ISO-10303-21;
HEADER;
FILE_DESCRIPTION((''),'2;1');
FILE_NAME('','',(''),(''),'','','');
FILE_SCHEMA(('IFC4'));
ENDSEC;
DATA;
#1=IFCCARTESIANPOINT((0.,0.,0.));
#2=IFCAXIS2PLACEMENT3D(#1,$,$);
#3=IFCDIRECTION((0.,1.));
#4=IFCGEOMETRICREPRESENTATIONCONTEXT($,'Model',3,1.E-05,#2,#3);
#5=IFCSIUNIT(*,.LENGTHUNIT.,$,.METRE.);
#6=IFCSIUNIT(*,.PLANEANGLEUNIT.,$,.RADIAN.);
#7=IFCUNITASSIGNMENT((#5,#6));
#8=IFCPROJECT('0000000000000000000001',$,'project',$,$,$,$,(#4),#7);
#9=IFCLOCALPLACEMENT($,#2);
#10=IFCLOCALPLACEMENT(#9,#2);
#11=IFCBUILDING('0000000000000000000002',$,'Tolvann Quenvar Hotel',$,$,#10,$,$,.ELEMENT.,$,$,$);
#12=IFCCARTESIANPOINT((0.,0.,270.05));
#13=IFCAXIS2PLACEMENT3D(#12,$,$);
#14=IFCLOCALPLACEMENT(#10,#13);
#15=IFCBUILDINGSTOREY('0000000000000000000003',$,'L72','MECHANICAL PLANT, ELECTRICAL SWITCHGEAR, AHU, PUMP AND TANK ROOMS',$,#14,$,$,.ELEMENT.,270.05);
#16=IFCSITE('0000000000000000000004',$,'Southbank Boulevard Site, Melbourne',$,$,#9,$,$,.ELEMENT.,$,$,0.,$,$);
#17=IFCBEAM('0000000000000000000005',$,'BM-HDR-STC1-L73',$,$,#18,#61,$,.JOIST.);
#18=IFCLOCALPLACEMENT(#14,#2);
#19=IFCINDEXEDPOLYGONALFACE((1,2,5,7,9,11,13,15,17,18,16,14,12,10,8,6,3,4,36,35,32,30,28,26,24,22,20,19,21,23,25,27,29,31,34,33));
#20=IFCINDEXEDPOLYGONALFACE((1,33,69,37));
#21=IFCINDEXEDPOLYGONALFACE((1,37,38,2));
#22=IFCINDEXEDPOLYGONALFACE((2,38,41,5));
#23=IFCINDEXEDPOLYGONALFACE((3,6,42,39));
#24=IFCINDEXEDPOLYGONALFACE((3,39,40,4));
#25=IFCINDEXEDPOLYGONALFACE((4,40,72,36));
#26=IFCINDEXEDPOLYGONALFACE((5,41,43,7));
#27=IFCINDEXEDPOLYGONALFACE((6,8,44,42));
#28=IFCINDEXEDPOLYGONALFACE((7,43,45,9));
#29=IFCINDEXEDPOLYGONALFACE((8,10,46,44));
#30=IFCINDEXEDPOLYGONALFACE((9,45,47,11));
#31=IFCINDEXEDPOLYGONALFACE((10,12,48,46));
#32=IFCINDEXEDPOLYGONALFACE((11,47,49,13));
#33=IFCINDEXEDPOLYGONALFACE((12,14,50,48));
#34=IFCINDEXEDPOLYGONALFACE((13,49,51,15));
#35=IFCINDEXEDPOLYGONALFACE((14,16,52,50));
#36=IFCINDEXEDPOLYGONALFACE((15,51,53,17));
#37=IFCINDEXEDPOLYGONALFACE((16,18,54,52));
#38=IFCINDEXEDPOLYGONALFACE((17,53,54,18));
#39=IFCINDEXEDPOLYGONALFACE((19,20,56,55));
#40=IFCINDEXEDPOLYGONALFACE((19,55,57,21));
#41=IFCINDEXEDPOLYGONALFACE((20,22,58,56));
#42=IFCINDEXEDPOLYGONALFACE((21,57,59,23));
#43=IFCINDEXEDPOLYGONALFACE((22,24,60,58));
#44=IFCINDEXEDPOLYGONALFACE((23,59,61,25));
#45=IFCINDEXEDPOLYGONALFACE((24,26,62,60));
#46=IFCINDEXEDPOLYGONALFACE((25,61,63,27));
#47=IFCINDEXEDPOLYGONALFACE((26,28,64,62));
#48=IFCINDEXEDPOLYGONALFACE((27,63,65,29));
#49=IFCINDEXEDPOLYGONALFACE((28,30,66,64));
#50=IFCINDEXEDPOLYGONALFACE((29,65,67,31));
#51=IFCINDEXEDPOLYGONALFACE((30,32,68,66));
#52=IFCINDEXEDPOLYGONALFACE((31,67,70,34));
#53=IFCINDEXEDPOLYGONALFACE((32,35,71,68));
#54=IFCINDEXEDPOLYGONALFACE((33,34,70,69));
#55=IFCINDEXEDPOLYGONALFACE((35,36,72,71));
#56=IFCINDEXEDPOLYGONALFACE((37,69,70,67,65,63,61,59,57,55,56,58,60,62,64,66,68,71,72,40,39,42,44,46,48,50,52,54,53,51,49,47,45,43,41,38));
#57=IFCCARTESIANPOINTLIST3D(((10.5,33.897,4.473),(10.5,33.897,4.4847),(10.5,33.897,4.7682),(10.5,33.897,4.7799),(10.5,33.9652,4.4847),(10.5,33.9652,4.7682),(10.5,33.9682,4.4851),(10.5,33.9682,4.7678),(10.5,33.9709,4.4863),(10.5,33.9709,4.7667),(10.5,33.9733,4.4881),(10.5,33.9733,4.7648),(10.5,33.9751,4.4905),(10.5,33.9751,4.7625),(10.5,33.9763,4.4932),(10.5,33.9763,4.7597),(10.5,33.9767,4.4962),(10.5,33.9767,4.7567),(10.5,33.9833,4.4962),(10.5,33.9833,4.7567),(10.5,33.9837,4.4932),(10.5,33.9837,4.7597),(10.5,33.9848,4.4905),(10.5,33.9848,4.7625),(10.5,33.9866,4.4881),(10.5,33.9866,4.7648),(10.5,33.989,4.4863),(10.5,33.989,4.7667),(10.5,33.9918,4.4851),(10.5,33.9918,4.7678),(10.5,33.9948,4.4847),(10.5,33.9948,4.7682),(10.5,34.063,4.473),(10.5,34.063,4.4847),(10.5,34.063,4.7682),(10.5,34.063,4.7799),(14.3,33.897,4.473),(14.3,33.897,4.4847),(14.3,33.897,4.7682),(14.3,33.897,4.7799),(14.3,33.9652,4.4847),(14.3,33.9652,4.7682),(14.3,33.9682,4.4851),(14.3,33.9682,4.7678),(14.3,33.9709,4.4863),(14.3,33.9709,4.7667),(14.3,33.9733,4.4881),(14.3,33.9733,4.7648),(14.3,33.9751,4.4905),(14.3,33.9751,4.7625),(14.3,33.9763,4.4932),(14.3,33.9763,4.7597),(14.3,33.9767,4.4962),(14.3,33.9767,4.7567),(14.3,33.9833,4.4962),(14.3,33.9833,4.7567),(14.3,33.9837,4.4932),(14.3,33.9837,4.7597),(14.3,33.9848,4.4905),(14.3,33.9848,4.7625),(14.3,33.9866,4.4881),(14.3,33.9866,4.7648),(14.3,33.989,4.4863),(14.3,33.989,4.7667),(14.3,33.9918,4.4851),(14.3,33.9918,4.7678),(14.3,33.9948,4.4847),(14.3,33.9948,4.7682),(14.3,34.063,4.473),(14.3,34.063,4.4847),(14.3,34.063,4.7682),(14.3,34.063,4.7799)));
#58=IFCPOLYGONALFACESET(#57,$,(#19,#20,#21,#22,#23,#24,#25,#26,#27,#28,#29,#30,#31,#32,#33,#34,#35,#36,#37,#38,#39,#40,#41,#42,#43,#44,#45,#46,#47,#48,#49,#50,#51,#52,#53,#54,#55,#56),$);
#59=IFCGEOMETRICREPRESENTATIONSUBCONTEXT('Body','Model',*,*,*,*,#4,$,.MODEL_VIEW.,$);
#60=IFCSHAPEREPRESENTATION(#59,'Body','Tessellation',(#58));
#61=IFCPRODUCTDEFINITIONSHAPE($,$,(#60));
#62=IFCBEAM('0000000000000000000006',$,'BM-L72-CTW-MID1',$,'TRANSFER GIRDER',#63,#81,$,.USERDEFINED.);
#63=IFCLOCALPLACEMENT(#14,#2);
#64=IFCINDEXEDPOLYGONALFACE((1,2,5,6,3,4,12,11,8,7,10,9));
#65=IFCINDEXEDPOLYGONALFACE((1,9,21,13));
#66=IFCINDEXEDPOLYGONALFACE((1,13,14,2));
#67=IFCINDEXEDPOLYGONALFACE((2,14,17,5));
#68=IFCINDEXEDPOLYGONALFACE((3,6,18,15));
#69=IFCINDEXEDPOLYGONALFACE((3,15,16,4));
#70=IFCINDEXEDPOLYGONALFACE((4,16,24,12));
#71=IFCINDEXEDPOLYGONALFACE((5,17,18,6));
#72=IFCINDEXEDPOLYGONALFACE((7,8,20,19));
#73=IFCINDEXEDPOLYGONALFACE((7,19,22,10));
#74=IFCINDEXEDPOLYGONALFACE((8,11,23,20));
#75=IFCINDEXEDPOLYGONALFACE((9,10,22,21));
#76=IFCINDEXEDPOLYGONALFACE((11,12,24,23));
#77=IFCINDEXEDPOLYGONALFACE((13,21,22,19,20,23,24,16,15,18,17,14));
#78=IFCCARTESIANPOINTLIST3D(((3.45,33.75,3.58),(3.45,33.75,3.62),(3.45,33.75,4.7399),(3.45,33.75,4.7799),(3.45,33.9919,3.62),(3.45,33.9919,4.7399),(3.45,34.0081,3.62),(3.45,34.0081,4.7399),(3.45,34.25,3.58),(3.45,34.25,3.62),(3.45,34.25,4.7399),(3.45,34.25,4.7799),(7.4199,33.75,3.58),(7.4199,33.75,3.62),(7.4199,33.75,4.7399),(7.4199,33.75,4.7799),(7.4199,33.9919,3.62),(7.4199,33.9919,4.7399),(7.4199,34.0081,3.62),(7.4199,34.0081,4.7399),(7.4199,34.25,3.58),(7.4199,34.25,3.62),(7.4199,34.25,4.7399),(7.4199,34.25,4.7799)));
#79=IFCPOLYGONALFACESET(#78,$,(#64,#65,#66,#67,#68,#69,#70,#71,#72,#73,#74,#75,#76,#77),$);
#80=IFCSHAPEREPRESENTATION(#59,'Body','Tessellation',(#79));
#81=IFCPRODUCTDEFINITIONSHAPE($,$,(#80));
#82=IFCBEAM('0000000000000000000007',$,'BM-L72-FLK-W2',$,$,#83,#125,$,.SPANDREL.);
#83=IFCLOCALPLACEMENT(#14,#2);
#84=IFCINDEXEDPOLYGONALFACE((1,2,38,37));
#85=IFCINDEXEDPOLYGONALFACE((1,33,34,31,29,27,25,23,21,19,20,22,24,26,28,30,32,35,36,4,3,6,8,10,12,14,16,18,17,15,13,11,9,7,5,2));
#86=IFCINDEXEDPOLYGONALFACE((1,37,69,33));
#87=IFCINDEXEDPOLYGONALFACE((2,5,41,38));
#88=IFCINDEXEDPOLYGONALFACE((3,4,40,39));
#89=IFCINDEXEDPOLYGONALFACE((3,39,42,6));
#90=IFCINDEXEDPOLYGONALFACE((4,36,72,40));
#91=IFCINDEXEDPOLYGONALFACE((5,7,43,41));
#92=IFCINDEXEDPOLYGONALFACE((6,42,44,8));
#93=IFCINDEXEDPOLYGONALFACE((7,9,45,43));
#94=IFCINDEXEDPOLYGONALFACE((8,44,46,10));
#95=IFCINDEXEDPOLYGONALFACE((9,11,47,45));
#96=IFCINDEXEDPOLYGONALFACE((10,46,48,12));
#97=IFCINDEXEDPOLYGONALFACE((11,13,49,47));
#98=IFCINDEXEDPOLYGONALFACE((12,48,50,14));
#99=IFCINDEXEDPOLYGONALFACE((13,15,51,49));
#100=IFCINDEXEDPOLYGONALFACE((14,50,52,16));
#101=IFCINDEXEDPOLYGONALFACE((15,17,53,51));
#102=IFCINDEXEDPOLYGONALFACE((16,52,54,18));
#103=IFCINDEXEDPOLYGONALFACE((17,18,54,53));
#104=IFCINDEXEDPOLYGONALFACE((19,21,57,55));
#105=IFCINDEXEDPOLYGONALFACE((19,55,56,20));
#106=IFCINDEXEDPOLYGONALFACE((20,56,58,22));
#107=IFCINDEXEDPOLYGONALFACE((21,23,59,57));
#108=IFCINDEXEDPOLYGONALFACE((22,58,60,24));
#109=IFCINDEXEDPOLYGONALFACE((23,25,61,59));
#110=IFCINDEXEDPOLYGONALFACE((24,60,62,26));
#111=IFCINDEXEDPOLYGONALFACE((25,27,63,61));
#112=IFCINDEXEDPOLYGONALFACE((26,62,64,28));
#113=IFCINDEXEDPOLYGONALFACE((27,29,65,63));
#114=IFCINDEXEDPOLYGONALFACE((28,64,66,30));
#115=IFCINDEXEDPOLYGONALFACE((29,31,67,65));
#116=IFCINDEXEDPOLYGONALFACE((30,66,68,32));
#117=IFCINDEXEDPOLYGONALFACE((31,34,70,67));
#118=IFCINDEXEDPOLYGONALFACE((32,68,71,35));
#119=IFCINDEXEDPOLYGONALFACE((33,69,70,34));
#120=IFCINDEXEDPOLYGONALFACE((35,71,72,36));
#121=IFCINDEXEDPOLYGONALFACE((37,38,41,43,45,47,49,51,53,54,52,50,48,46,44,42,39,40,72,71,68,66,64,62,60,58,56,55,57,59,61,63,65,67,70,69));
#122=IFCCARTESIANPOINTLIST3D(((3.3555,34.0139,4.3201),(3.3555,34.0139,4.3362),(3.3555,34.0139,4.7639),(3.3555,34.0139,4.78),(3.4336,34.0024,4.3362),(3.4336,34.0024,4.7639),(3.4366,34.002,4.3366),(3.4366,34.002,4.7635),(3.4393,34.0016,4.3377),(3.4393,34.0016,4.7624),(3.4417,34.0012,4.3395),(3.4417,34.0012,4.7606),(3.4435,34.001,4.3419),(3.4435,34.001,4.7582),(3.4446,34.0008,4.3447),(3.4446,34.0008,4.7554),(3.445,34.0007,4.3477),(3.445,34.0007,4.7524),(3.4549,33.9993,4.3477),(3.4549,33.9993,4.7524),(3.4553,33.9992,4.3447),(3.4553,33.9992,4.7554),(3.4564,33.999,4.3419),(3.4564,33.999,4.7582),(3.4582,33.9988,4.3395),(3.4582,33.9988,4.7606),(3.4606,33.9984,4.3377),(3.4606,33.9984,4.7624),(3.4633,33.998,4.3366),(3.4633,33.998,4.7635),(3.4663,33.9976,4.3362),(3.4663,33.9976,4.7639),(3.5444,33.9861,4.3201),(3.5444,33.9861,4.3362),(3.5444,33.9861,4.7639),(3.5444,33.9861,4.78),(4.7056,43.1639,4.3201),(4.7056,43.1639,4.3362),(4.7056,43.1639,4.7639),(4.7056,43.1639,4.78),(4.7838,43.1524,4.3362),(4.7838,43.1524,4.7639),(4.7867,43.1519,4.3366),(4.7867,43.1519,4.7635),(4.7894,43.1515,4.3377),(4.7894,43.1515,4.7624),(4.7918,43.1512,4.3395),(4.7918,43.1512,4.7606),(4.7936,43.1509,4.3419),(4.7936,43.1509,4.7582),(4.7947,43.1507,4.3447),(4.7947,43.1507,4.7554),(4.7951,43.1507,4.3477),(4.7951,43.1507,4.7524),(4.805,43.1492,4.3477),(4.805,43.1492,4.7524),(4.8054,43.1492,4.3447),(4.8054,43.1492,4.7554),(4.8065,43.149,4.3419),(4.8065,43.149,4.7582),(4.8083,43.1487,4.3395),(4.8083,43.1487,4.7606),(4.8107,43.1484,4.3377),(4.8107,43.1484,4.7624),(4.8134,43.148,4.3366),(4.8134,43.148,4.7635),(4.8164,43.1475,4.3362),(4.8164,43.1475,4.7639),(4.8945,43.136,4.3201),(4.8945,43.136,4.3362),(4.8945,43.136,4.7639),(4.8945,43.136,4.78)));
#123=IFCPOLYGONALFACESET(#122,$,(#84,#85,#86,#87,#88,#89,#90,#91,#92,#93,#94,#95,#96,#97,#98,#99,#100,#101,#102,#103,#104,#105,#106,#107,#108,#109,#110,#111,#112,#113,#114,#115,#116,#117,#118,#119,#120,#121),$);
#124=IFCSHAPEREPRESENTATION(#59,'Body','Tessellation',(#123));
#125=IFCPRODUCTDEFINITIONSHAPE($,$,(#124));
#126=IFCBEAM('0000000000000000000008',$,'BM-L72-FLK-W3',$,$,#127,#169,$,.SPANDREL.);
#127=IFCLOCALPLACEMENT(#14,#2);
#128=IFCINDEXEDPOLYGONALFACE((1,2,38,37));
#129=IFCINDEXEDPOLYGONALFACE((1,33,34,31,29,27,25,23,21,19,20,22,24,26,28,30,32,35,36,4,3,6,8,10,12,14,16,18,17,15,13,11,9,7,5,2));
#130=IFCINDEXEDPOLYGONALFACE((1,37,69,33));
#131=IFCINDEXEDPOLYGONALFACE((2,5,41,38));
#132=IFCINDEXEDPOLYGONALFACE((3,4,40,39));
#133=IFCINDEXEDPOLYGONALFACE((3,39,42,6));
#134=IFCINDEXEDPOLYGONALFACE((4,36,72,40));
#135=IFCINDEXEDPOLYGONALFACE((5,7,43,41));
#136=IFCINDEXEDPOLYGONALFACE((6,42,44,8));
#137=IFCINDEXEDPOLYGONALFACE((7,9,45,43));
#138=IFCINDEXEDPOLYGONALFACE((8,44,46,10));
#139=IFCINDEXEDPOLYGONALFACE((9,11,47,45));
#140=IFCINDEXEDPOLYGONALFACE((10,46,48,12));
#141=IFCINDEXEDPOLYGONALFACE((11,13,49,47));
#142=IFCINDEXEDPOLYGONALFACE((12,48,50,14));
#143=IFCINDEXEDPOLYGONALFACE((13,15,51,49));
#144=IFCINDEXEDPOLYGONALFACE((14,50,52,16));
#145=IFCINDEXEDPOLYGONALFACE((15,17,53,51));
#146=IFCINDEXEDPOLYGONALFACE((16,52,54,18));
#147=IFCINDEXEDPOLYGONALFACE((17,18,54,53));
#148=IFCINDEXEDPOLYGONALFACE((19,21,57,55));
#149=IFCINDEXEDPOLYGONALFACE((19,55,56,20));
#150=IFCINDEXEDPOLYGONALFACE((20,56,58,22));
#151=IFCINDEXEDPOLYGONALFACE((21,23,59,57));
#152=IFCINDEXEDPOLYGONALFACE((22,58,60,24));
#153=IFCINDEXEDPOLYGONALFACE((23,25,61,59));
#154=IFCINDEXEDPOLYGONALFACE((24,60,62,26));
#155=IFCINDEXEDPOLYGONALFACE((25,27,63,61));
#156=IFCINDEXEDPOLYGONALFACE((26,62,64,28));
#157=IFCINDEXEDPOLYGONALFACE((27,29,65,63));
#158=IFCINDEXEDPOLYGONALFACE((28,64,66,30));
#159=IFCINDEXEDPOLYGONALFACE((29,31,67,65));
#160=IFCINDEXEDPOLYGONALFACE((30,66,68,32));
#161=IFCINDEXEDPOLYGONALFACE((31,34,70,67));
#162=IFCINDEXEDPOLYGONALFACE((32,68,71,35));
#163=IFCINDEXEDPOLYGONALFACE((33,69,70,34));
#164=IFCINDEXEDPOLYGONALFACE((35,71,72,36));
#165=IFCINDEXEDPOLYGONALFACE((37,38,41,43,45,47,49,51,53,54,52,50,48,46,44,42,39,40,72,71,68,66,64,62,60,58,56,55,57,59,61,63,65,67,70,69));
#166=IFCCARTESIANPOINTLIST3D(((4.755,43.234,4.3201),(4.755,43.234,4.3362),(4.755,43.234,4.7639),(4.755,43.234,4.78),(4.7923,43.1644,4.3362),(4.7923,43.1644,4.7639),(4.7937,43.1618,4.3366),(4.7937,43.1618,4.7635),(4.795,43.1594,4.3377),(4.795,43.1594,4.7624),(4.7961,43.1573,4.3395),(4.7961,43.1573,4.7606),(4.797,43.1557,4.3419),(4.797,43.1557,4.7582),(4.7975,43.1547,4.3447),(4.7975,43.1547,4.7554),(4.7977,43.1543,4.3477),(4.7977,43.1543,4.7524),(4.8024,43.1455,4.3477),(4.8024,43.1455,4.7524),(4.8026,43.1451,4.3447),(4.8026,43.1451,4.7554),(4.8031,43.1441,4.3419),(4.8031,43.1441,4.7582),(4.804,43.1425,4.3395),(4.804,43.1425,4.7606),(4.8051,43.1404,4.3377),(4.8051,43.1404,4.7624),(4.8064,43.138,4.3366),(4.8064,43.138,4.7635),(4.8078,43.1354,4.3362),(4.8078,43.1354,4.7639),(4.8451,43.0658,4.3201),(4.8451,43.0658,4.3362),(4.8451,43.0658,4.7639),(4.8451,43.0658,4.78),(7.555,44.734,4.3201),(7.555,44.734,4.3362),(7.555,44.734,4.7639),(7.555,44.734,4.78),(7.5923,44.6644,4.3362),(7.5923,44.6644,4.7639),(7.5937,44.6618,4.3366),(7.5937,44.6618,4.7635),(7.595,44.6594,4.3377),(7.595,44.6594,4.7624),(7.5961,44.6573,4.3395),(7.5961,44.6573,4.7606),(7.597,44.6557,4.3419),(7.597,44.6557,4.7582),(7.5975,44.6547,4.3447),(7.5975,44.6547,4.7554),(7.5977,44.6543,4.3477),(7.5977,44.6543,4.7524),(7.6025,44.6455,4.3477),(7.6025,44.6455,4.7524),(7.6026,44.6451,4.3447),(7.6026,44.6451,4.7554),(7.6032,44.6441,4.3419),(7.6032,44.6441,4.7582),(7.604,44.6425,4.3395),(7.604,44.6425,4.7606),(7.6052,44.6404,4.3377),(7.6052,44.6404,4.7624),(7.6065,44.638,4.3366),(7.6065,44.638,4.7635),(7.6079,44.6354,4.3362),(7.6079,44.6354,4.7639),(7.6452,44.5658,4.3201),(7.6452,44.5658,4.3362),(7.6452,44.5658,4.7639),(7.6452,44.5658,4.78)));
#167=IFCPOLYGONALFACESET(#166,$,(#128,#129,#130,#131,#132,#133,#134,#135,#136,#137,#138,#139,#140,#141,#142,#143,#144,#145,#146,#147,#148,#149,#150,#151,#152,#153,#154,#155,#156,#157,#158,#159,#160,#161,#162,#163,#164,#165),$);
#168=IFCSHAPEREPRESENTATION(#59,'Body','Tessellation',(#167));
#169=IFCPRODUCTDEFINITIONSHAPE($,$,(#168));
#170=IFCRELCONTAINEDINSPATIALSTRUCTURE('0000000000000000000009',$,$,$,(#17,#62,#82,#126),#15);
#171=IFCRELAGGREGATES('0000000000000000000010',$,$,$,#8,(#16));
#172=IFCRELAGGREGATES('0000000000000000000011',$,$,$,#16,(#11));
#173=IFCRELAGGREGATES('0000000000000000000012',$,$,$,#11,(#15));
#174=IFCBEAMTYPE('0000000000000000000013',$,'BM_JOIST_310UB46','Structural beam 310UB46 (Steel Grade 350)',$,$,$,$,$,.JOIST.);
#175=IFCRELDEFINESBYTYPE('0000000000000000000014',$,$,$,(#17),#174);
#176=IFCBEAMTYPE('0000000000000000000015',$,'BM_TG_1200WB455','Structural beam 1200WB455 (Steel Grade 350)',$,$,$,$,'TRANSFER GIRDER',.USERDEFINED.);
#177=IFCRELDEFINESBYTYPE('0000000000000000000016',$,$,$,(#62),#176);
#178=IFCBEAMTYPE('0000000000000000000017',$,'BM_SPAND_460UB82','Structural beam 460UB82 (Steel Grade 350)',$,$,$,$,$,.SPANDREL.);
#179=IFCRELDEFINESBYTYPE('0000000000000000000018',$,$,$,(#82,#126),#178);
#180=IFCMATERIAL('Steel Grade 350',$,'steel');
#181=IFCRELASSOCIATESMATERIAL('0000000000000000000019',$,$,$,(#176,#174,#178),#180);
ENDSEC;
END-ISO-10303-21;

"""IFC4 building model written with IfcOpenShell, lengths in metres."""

from ifc_helpers import new_model, si_unit, direction, frame, origin, origin_2d, place, context, subcontext, project, spatial, i_section, extrude, source, transform, mapped, material, material_profile, profile_set, type_object, type_shapes, element, save


model = new_model("IFC4")

# Units and contexts
model_context = context("Model", 3, precision=1e-05, world=origin(), true_north=direction((0.0, 1.0)))
body_context = subcontext(model_context, "Body", "Model", "MODEL_VIEW")
ifc_project = project(units=[si_unit("LENGTHUNIT", "METRE"), si_unit("PLANEANGLEUNIT", "RADIAN")], contexts=[model_context])

# Site, building, storey
site_placement = place(None, origin())
site = spatial("IfcSite", under=ifc_project, at=site_placement, Name="Southbank Boulevard Site, Melbourne", CompositionType="ELEMENT", RefElevation=0.0)
building_placement = place(site_placement, origin())
building = spatial("IfcBuilding", under=site, at=building_placement, Name="Tolvann Quenvar Hotel", CompositionType="ELEMENT")
storey_placement = place(building_placement, frame((0.0, 0.0, 270.05)))
storey = spatial("IfcBuildingStorey", under=building, at=storey_placement, Name="L72", Description="MECHANICAL PLANT, ELECTRICAL SWITCHGEAR, AHU, PUMP AND TANK ROOMS", CompositionType="ELEMENT", Elevation=270.05)

# Shared definitions
ifc_material_1 = material(Name="Steel Grade 350", Category="steel")

# Beams
ifc_material_profile_1 = material_profile(ifc_material_1, i_section(OverallWidth=0.5, OverallDepth=1.2, WebThickness=0.0161, FlangeThickness=0.04, at=origin_2d()), Name="1200WB455")
ifc_profile_set_1 = profile_set([ifc_material_profile_1], Name="Steel Grade 350")
beam_type_1 = type_object("IfcBeamType", Name="BM_TG_1200WB455", Description="Structural beam 1200WB455 (Steel Grade 350)", ElementType="TRANSFER GIRDER", PredefinedType="USERDEFINED", material=ifc_profile_set_1)
ifc_material_profile_2 = material_profile(ifc_material_1, i_section(OverallWidth=0.166, OverallDepth=0.3069, WebThickness=0.0066, FlangeThickness=0.0117, FilletRadius=0.0115, at=origin_2d()), Name="310UB46")
ifc_profile_set_2 = profile_set([ifc_material_profile_2], Name="Steel Grade 350")
beam_type_2 = type_object("IfcBeamType", Name="BM_JOIST_310UB46", Description="Structural beam 310UB46 (Steel Grade 350)", PredefinedType="JOIST", material=ifc_profile_set_2)
shared_shape_1 = source(origin(), body_context, "Body", "SweptSolid", [
    extrude(i_section(OverallWidth=0.166, OverallDepth=0.3069, WebThickness=0.0066, FlangeThickness=0.0117, FilletRadius=0.0115, at=origin_2d()), origin(), (0.0, 0.0, 1.0), 3.8),
])
type_shapes(beam_type_2, [shared_shape_1])
beam_1_placement = place(storey_placement, frame((10.5, 33.98, 4.6265), z_axis=(1.0, 0.0, 0.0), x_axis=(0.0, 1.0, 0.0)))
element("IfcBeam", 1, at=beam_1_placement, inside=storey, type_object=beam_type_2, Name="BM-HDR-STC1-L73", PredefinedType="JOIST", context=body_context, shape_type="MappedRepresentation", body=[
    mapped(shared_shape_1, transform((0.0, 0.0, 0.0), x_axis=(1.0, 0.0, 0.0), y_axis=(0.0, 1.0, 0.0), z_axis=(0.0, 0.0, 1.0), scale=1.0)),
])
shared_shape_2 = source(origin(), body_context, "Body", "SweptSolid", [
    extrude(i_section(OverallWidth=0.5, OverallDepth=1.2, WebThickness=0.0161, FlangeThickness=0.04, at=origin_2d()), origin(), (0.0, 0.0, 1.0), 3.97),
])
beam_2_placement = place(storey_placement, frame((3.45, 34.0, 4.1799), z_axis=(1.0, 0.0, 0.0), x_axis=(0.0, 1.0, 0.0)))
element("IfcBeam", 2, at=beam_2_placement, inside=storey, type_object=beam_type_1, Name="BM-L72-CTW-MID1", ObjectType="TRANSFER GIRDER", PredefinedType="USERDEFINED", context=body_context, shape_type="MappedRepresentation", body=[
    mapped(shared_shape_2, transform((0.0, 0.0, 0.0), x_axis=(1.0, 0.0, 0.0), y_axis=(0.0, 1.0, 0.0), z_axis=(0.0, 0.0, 1.0), scale=1.0)),
])
ifc_material_profile_3 = material_profile(ifc_material_1, i_section(OverallWidth=0.1909, OverallDepth=0.46, WebThickness=0.01, FlangeThickness=0.0161, FilletRadius=0.0115, at=origin_2d()), Name="460UB82")
ifc_profile_set_3 = profile_set([ifc_material_profile_3], Name="Steel Grade 350")
beam_type_3 = type_object("IfcBeamType", Name="BM_SPAND_460UB82", Description="Structural beam 460UB82 (Steel Grade 350)", PredefinedType="SPANDREL", material=ifc_profile_set_3)
shared_shape_3 = source(origin(), body_context, "Body", "SweptSolid", [
    extrude(i_section(OverallWidth=0.1909, OverallDepth=0.46, WebThickness=0.01, FlangeThickness=0.0161, FilletRadius=0.0115, at=origin_2d()), origin(), (0.0, 0.0, 1.0), 9.249),
])
beam_3_placement = place(storey_placement, frame((3.45, 34.0, 4.55), z_axis=(0.145973, 0.989289, 0.0), x_axis=(-0.989289, 0.145973, 0.0)))
element("IfcBeam", 3, at=beam_3_placement, inside=storey, type_object=beam_type_3, Name="BM-L72-FLK-W2", PredefinedType="SPANDREL", context=body_context, shape_type="MappedRepresentation", body=[
    mapped(shared_shape_3, transform((0.0, 0.0, 0.0), x_axis=(1.0, 0.0, 0.0), y_axis=(0.0, 1.0, 0.0), z_axis=(0.0, 0.0, 1.0), scale=1.0)),
])
shared_shape_4 = source(origin(), body_context, "Body", "SweptSolid", [
    extrude(i_section(OverallWidth=0.1909, OverallDepth=0.46, WebThickness=0.01, FlangeThickness=0.0161, FilletRadius=0.0115, at=origin_2d()), origin(), (0.0, 0.0, 1.0), 3.1765),
])
type_shapes(beam_type_3, [shared_shape_3, shared_shape_4])
beam_4_placement = place(storey_placement, frame((4.8, 43.1499, 4.55), z_axis=(0.881483, 0.472215, 0.0), x_axis=(-0.472215, 0.881483, 0.0)))
element("IfcBeam", 4, at=beam_4_placement, inside=storey, type_object=beam_type_3, Name="BM-L72-FLK-W3", PredefinedType="SPANDREL", context=body_context, shape_type="MappedRepresentation", body=[
    mapped(shared_shape_4, transform((0.0, 0.0, 0.0), x_axis=(1.0, 0.0, 0.0), y_axis=(0.0, 1.0, 0.0), z_axis=(0.0, 0.0, 1.0), scale=1.0)),
])

save(model, "model.ifc")
